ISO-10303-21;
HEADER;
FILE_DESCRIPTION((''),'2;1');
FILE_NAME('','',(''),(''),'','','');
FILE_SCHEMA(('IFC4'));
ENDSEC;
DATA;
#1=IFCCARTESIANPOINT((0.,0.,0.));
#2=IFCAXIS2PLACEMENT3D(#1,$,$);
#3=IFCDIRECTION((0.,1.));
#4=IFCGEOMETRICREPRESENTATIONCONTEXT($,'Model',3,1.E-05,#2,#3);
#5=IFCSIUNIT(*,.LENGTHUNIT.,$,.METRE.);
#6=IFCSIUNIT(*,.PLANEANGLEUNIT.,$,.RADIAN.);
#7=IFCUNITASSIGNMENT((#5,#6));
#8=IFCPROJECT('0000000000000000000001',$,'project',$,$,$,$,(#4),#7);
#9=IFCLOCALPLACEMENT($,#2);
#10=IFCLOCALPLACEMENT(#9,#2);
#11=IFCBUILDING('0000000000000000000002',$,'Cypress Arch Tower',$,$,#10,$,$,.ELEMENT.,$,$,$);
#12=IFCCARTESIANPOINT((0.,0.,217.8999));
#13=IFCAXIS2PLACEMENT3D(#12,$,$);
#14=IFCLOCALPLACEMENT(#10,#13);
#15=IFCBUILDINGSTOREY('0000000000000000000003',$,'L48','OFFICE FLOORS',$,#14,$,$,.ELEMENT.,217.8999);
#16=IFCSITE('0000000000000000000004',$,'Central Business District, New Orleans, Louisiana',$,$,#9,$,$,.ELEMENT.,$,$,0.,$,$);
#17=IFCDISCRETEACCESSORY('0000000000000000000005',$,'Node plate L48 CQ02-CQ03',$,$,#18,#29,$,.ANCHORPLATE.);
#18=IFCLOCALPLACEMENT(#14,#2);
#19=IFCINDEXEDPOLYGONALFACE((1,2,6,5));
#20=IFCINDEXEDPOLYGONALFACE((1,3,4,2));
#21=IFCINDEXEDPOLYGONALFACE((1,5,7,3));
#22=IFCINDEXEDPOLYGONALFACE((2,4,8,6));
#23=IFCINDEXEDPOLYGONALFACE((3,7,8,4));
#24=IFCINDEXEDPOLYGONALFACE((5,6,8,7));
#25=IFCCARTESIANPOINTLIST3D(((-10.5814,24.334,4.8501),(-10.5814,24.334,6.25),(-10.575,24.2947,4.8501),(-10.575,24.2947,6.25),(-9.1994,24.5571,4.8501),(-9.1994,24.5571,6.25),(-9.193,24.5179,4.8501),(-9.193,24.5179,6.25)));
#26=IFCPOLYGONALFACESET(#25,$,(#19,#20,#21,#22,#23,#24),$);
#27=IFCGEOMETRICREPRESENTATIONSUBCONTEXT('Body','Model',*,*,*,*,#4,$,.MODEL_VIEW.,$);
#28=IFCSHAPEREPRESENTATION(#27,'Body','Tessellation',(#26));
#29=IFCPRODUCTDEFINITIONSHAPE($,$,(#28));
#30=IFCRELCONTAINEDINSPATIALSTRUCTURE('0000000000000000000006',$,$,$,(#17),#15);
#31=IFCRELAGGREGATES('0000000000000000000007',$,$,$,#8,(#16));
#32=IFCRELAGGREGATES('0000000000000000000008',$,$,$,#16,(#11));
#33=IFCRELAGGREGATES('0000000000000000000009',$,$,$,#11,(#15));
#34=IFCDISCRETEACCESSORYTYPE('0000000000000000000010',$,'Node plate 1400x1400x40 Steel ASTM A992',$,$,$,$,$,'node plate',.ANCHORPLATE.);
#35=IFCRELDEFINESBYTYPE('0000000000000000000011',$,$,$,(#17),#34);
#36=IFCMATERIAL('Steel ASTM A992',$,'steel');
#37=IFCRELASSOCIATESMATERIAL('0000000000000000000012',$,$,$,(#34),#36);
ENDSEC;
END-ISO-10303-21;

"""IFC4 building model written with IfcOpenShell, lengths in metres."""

from ifc_helpers import new_model, si_unit, direction, frame, origin, origin_2d, place, context, subcontext, project, spatial, rectangle, extrude, material, material_profile, profile_set, type_object, element, save


model = new_model("IFC4")

# Units and contexts
model_context = context("Model", 3, precision=1e-05, world=origin(), true_north=direction((0.0, 1.0)))
body_context = subcontext(model_context, "Body", "Model", "MODEL_VIEW")
ifc_project = project(units=[si_unit("LENGTHUNIT", "METRE"), si_unit("PLANEANGLEUNIT", "RADIAN")], contexts=[model_context])

# Site, building, storey
site_placement = place(None, origin())
site = spatial("IfcSite", under=ifc_project, at=site_placement, Name="Central Business District, New Orleans, Louisiana", CompositionType="ELEMENT", RefElevation=0.0)
building_placement = place(site_placement, origin())
building = spatial("IfcBuilding", under=site, at=building_placement, Name="Cypress Arch Tower", CompositionType="ELEMENT")
storey_placement = place(building_placement, frame((0.0, 0.0, 217.8999)))
storey = spatial("IfcBuildingStorey", under=building, at=storey_placement, Name="L48", Description="OFFICE FLOORS", CompositionType="ELEMENT", Elevation=217.8999)

# Discrete accessory
ifc_material_1 = material(Name="Steel ASTM A992", Category="steel")
ifc_material_profile_1 = material_profile(ifc_material_1, rectangle(XDim=1.3999, YDim=1.3999, at=origin_2d()), Name="PL 40 1400x1400")
ifc_profile_set_1 = profile_set([ifc_material_profile_1], Name="Steel ASTM A992")
discrete_accessory_type_1 = type_object("IfcDiscreteAccessoryType", Name="Node plate 1400x1400x40 Steel ASTM A992", ElementType="node plate", PredefinedType="ANCHORPLATE", material=ifc_profile_set_1)
discrete_accessory_1_placement = place(storey_placement, frame((-9.8904, 24.4456, 5.55), z_axis=(0.159425, -0.98721, 0.0), x_axis=(0.98721, 0.159425, 0.0)))
element("IfcDiscreteAccessory", 1, at=discrete_accessory_1_placement, inside=storey, type_object=discrete_accessory_type_1, Name="Node plate L48 CQ02-CQ03", PredefinedType="ANCHORPLATE", context=body_context, shape_type="SweptSolid", body=[
    extrude(rectangle(XDim=1.3999, YDim=1.3999, at=origin_2d()), origin(), (0.0, 0.0, 1.0), 0.0398),
])

save(model, "model.ifc")
